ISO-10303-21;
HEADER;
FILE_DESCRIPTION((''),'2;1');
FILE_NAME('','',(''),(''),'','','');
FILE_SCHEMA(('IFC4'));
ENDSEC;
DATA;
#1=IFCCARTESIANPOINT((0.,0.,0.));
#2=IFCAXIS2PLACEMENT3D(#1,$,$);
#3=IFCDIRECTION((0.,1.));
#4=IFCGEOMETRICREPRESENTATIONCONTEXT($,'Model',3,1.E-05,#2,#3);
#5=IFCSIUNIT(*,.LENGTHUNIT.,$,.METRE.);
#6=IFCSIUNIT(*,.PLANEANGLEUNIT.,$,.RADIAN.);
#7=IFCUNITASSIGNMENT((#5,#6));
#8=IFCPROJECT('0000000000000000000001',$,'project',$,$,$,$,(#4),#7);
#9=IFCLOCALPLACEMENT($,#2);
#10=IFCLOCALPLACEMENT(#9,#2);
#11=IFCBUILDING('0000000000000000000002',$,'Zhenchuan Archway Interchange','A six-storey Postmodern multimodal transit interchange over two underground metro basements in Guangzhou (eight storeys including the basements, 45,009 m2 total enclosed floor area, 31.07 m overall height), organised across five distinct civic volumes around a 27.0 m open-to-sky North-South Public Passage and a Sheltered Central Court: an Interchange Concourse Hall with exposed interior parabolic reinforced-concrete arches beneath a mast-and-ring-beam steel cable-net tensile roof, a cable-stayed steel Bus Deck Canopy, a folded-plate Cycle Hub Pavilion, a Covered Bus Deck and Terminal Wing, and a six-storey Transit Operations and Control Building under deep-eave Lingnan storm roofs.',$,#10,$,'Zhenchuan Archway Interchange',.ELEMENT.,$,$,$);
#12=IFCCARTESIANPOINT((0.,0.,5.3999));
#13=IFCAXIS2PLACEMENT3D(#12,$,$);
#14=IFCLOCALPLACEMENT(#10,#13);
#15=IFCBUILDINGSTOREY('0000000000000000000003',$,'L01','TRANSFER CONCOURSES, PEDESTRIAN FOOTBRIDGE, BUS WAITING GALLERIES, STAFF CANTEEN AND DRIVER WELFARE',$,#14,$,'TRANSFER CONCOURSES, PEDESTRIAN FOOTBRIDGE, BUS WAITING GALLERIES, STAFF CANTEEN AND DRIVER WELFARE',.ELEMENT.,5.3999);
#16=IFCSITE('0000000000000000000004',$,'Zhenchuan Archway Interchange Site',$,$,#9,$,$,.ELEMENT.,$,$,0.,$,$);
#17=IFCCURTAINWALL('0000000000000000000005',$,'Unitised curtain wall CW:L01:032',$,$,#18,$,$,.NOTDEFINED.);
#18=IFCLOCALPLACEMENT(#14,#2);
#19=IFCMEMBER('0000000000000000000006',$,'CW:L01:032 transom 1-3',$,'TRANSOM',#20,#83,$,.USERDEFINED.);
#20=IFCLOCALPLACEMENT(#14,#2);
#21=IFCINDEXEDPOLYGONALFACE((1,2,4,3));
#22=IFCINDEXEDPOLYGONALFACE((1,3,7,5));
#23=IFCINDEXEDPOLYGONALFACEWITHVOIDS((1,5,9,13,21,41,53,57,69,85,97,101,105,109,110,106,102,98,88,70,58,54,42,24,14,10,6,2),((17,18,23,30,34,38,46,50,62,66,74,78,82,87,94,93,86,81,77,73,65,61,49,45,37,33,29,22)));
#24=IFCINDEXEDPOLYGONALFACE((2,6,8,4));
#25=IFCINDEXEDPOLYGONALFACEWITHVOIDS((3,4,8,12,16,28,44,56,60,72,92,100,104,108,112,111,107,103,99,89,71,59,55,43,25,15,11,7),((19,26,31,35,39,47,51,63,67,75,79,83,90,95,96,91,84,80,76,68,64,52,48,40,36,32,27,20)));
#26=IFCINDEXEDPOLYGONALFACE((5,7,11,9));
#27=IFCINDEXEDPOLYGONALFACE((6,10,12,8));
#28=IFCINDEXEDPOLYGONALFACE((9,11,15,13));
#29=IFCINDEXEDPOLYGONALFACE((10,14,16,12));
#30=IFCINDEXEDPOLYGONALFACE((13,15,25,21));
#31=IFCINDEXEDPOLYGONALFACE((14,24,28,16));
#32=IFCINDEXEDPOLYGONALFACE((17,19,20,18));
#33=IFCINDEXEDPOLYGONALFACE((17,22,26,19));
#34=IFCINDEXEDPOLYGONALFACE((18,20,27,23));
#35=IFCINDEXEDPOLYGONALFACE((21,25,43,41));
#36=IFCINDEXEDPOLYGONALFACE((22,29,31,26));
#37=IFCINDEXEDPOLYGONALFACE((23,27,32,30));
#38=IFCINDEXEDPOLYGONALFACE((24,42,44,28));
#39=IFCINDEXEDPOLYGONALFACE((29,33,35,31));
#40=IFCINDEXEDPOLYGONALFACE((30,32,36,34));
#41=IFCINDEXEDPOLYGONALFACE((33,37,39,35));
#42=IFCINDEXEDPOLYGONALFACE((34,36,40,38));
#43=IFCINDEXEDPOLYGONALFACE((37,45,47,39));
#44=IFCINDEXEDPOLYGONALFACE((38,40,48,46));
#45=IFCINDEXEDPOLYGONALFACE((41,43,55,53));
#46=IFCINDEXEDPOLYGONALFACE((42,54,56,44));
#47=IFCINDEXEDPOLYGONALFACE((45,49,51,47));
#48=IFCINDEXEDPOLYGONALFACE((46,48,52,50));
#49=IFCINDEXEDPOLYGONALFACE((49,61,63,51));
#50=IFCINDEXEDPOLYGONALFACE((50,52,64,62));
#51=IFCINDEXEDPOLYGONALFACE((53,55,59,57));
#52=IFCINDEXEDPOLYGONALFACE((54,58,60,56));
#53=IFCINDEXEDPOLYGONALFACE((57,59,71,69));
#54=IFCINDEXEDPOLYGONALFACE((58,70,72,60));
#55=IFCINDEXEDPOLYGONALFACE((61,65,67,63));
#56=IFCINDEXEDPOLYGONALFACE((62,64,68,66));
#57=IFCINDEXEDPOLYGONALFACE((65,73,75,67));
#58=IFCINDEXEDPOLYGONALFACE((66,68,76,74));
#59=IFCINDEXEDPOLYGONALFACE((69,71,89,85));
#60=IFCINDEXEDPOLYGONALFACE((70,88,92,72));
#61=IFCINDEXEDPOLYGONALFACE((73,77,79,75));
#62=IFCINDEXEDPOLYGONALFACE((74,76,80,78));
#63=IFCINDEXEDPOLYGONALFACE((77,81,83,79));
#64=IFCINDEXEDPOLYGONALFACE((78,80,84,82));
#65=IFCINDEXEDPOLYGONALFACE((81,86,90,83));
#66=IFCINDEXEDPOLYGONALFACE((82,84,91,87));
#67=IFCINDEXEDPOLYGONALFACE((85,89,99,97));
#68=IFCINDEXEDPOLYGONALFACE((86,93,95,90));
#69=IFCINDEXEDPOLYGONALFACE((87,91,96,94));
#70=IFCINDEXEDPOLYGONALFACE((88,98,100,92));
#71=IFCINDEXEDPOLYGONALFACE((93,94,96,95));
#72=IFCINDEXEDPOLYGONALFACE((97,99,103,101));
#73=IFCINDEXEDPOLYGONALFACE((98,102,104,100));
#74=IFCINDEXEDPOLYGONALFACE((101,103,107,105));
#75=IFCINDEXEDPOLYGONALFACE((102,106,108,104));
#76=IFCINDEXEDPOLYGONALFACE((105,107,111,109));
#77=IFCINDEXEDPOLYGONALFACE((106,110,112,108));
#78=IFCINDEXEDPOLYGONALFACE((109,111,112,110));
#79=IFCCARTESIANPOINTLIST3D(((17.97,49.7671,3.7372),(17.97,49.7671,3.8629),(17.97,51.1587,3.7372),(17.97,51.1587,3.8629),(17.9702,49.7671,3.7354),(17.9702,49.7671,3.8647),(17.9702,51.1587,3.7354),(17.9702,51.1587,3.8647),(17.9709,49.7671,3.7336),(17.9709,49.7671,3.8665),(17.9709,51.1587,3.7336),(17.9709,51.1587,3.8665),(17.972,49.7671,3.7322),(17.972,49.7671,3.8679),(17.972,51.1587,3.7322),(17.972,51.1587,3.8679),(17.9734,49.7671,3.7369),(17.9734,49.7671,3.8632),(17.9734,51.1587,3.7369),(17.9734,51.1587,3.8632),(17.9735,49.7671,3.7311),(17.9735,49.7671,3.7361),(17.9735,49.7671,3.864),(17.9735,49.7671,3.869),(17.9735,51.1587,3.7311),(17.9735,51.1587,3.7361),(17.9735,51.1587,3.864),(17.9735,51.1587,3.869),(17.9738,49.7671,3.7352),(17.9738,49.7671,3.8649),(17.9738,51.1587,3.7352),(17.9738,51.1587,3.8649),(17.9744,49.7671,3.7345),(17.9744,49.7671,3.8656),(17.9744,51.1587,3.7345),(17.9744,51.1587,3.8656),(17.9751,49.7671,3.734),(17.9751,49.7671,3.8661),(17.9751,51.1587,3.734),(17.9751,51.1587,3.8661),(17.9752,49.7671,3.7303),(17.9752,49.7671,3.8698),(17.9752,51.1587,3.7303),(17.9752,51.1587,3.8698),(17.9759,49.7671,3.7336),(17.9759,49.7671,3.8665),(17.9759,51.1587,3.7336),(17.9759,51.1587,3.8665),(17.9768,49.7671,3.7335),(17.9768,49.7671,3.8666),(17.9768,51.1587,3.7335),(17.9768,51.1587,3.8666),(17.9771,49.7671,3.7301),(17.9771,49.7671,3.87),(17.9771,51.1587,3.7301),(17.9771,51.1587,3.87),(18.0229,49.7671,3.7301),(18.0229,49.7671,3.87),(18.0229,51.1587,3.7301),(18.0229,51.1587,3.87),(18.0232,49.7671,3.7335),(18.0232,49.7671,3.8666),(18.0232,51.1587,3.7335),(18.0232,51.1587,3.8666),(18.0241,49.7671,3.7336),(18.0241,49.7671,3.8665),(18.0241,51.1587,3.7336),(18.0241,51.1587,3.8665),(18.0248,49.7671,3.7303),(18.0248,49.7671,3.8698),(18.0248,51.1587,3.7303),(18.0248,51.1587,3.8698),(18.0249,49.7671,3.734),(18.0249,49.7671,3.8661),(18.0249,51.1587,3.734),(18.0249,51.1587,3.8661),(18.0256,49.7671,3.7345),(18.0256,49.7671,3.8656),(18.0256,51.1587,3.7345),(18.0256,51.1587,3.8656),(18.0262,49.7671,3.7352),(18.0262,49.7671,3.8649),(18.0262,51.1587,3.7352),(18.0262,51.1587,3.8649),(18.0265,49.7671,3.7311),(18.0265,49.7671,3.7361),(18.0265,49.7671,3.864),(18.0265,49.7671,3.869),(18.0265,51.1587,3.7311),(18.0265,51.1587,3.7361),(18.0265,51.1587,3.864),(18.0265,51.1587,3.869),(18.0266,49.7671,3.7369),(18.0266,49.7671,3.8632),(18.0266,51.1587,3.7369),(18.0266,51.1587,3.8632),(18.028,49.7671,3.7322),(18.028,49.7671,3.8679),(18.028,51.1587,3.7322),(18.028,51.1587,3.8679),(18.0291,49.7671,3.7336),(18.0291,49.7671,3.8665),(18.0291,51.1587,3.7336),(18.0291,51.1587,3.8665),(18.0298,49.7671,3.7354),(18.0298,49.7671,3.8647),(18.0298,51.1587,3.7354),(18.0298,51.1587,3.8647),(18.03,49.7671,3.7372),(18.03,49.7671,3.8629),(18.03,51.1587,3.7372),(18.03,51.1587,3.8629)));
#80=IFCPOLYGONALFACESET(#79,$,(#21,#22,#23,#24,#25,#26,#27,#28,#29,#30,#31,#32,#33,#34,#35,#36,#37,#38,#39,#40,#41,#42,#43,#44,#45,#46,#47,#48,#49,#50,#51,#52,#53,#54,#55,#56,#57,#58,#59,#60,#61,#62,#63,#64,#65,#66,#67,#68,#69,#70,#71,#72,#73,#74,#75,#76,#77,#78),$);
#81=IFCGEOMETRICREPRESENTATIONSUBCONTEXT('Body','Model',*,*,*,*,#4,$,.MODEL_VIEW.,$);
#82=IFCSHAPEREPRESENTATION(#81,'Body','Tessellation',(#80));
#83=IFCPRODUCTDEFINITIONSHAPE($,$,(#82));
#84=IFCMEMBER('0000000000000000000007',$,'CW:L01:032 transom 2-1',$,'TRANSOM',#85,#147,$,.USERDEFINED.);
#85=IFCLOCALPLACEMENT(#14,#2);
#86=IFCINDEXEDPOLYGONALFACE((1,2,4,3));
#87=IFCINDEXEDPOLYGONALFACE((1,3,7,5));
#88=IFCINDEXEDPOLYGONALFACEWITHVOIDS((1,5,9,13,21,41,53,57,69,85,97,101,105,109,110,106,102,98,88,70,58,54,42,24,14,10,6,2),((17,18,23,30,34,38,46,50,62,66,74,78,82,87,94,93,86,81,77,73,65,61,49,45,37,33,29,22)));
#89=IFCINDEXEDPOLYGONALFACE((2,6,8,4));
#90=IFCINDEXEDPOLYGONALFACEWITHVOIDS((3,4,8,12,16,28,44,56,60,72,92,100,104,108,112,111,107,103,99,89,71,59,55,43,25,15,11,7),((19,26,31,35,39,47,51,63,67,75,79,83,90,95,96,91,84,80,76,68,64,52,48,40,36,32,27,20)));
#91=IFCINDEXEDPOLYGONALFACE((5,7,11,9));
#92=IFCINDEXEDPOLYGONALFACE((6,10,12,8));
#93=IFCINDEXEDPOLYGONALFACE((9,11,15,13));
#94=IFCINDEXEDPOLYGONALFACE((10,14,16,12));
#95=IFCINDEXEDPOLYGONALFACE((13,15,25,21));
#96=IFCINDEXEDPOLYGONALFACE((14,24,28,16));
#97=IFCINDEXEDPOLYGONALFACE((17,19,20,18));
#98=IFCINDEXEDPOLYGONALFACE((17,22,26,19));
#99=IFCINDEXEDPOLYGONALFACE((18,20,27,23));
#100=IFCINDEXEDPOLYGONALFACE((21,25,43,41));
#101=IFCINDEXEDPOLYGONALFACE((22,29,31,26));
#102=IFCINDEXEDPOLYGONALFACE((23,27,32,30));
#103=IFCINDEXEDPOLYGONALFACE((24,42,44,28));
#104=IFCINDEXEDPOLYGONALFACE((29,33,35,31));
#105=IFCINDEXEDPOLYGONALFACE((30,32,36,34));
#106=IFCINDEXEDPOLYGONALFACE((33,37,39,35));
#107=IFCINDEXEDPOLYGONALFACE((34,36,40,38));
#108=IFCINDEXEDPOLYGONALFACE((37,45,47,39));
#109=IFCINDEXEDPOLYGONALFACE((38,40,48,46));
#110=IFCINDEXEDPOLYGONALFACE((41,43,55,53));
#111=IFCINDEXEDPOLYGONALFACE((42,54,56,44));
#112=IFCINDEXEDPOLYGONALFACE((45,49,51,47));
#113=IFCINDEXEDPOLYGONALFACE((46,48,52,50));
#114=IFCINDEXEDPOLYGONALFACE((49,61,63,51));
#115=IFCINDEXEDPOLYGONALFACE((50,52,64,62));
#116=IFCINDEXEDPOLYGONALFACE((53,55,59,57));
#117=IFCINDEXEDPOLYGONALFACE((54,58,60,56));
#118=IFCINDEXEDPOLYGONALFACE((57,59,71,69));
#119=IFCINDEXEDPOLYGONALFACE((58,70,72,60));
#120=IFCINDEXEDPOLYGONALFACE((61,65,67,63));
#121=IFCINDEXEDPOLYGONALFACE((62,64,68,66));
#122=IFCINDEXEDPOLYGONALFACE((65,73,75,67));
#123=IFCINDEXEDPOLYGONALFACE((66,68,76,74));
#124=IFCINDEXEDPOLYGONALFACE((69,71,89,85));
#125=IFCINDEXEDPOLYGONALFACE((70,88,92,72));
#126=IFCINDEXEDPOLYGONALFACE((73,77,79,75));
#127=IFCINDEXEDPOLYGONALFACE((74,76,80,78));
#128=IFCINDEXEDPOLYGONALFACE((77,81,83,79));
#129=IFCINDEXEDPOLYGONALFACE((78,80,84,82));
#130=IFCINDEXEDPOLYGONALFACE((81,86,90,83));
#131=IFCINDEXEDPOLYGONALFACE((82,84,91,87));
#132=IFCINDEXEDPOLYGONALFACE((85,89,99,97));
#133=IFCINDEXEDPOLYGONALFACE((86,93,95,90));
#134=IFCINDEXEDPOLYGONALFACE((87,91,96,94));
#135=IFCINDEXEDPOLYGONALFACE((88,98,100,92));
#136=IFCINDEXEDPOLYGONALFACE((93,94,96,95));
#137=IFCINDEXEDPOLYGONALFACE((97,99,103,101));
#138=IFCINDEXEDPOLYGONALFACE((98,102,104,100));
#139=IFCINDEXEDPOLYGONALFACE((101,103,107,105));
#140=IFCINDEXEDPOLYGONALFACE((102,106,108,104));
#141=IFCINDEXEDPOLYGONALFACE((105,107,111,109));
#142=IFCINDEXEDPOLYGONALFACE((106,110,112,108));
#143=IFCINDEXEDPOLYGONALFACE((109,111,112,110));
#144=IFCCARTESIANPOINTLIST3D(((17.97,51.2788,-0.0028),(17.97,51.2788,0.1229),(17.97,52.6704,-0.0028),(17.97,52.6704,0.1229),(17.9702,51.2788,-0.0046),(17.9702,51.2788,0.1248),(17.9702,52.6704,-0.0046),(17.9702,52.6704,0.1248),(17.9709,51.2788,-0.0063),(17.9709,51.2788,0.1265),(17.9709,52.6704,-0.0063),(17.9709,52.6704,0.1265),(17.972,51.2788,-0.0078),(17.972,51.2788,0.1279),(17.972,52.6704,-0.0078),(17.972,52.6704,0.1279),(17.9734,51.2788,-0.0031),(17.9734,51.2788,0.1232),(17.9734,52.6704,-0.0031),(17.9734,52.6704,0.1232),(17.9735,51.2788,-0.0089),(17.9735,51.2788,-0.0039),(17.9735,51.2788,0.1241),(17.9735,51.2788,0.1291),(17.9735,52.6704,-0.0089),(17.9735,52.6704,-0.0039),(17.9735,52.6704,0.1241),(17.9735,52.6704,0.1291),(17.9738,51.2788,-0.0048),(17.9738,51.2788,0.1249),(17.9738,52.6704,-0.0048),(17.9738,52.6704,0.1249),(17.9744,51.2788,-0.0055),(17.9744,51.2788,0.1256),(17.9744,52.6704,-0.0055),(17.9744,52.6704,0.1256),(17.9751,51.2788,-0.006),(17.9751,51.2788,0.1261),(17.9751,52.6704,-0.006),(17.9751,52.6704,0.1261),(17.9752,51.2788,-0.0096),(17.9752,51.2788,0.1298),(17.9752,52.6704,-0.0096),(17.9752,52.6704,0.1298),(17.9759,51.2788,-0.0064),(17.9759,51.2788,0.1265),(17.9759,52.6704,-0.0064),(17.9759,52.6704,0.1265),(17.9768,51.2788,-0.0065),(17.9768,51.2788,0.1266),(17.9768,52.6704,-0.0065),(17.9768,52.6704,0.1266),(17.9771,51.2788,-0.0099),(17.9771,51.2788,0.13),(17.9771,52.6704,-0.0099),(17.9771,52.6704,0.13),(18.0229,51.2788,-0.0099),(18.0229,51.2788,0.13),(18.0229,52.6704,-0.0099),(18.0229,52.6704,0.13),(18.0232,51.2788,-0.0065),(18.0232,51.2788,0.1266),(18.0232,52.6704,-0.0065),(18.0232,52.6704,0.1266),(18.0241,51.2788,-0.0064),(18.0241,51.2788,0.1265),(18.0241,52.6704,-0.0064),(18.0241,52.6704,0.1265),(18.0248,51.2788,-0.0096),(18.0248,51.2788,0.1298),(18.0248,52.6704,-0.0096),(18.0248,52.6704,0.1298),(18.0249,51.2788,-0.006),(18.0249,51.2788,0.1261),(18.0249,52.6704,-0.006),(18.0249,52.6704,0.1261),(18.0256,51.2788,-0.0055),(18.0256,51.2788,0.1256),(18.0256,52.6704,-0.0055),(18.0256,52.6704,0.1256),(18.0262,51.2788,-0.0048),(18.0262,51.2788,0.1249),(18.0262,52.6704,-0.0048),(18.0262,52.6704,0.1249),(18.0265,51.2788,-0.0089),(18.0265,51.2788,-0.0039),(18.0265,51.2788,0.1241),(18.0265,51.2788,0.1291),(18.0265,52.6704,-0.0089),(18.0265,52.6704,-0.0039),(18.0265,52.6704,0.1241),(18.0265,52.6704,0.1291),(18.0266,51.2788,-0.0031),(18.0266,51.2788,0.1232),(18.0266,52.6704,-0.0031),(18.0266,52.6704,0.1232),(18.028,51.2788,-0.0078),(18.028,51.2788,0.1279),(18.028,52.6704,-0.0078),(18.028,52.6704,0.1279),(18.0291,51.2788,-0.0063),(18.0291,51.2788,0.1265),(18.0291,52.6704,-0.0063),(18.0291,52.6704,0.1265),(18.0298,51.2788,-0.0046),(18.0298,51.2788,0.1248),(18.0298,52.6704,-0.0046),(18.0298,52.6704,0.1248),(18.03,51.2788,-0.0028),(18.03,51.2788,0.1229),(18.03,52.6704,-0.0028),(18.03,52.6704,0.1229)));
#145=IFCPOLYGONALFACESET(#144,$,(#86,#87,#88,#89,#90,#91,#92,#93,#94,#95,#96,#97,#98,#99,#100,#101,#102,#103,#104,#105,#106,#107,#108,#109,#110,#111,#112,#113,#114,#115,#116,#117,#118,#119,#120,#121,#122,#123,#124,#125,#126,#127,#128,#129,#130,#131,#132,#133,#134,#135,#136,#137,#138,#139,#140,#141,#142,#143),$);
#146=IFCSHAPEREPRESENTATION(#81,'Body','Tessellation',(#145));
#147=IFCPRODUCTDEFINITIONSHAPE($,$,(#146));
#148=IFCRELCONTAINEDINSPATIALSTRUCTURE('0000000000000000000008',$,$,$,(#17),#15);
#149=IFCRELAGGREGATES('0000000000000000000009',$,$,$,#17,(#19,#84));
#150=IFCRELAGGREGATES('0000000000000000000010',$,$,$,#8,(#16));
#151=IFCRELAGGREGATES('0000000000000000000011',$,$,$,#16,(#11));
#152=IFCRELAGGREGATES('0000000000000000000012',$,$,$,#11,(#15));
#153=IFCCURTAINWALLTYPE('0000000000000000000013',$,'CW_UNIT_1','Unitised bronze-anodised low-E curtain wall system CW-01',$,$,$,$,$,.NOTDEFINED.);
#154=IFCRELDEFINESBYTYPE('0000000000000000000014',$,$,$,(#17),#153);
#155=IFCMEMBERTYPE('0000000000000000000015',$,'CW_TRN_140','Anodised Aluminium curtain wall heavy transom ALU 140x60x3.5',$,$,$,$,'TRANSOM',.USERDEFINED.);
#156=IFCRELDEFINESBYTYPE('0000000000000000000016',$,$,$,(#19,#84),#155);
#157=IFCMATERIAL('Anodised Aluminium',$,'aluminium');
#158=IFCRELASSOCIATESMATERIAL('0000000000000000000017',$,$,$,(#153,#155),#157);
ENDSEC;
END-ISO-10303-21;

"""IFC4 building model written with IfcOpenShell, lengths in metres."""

from ifc_helpers import new_model, si_unit, direction, frame, origin, origin_2d, place, context, subcontext, project, spatial, hollow_rectangle, extrude, material, material_profile, profile_set, type_object, element, aggregate, save


model = new_model("IFC4")

# Units and contexts
model_context = context("Model", 3, precision=1e-05, world=origin(), true_north=direction((0.0, 1.0)))
body_context = subcontext(model_context, "Body", "Model", "MODEL_VIEW")
ifc_project = project(units=[si_unit("LENGTHUNIT", "METRE"), si_unit("PLANEANGLEUNIT", "RADIAN")], contexts=[model_context])

# Site, building, storey
site_placement = place(None, origin())
site = spatial("IfcSite", under=ifc_project, at=site_placement, Name="Zhenchuan Archway Interchange Site", CompositionType="ELEMENT", RefElevation=0.0)
building_placement = place(site_placement, origin())
building = spatial("IfcBuilding", under=site, at=building_placement, Name="Zhenchuan Archway Interchange", Description="A six-storey Postmodern multimodal transit interchange over two underground metro basements in Guangzhou (eight storeys including the basements, 45,009 m2 total enclosed floor area, 31.07 m overall height), organised across five distinct civic volumes around a 27.0 m open-to-sky North-South Public Passage and a Sheltered Central Court: an Interchange Concourse Hall with exposed interior parabolic reinforced-concrete arches beneath a mast-and-ring-beam steel cable-net tensile roof, a cable-stayed steel Bus Deck Canopy, a folded-plate Cycle Hub Pavilion, a Covered Bus Deck and Terminal Wing, and a six-storey Transit Operations and Control Building under deep-eave Lingnan storm roofs.", LongName="Zhenchuan Archway Interchange", CompositionType="ELEMENT")
storey_placement = place(building_placement, frame((0.0, 0.0, 5.3999)))
storey = spatial("IfcBuildingStorey", under=building, at=storey_placement, Name="L01", Description="TRANSFER CONCOURSES, PEDESTRIAN FOOTBRIDGE, BUS WAITING GALLERIES, STAFF CANTEEN AND DRIVER WELFARE", LongName="TRANSFER CONCOURSES, PEDESTRIAN FOOTBRIDGE, BUS WAITING GALLERIES, STAFF CANTEEN AND DRIVER WELFARE", CompositionType="ELEMENT", Elevation=5.3999)

# Shared definitions
ifc_material_1 = material(Name="Anodised Aluminium", Category="aluminium")

# Curtain wall, members
curtain_wall_type_1 = type_object("IfcCurtainWallType", Name="CW_UNIT_1", Description="Unitised bronze-anodised low-E curtain wall system CW-01", PredefinedType="NOTDEFINED", material=ifc_material_1)
curtain_wall_1_placement = place(storey_placement, origin())
curtain_wall_1 = element("IfcCurtainWall", 1, at=curtain_wall_1_placement, inside=storey, type_object=curtain_wall_type_1, Name="Unitised curtain wall CW:L01:032", PredefinedType="NOTDEFINED")
ifc_material_profile_1 = material_profile(ifc_material_1, hollow_rectangle(XDim=0.0601, YDim=0.1399, WallThickness=0.0034, InnerFilletRadius=0.0034, OuterFilletRadius=0.0071, at=origin_2d()), Name="ALU 140x60x3.5")
ifc_profile_set_1 = profile_set([ifc_material_profile_1], Name="Anodised Aluminium")
member_type_1 = type_object("IfcMemberType", Name="CW_TRN_140", Description="Anodised Aluminium curtain wall heavy transom ALU 140x60x3.5", ElementType="TRANSOM", PredefinedType="USERDEFINED", material=ifc_profile_set_1)
member_1_placement = place(storey_placement, frame((18.0, 49.7671, 3.8), z_axis=(0.0, 1.0, 0.0), x_axis=(-1.0, 0.0, 0.0)))
member_1 = element("IfcMember", 2, at=member_1_placement, type_object=member_type_1, Name="CW:L01:032 transom 1-3", ObjectType="TRANSOM", PredefinedType="USERDEFINED", context=body_context, shape_type="SweptSolid", body=[
    extrude(hollow_rectangle(XDim=0.0601, YDim=0.1399, WallThickness=0.0034, InnerFilletRadius=0.0034, OuterFilletRadius=0.0071, at=origin_2d()), origin(), (0.0, 0.0, 1.0), 1.3916),
])
member_2_placement = place(storey_placement, frame((18.0, 51.2788, 0.0601), z_axis=(0.0, 1.0, 0.0), x_axis=(-1.0, 0.0, 0.0)))
member_2 = element("IfcMember", 3, at=member_2_placement, type_object=member_type_1, Name="CW:L01:032 transom 2-1", ObjectType="TRANSOM", PredefinedType="USERDEFINED", context=body_context, shape_type="SweptSolid", body=[
    extrude(hollow_rectangle(XDim=0.0601, YDim=0.1399, WallThickness=0.0034, InnerFilletRadius=0.0034, OuterFilletRadius=0.0071, at=origin_2d()), origin(), (0.0, 0.0, 1.0), 1.3916),
])

aggregate(curtain_wall_1, [member_1, member_2])

save(model, "model.ifc")
